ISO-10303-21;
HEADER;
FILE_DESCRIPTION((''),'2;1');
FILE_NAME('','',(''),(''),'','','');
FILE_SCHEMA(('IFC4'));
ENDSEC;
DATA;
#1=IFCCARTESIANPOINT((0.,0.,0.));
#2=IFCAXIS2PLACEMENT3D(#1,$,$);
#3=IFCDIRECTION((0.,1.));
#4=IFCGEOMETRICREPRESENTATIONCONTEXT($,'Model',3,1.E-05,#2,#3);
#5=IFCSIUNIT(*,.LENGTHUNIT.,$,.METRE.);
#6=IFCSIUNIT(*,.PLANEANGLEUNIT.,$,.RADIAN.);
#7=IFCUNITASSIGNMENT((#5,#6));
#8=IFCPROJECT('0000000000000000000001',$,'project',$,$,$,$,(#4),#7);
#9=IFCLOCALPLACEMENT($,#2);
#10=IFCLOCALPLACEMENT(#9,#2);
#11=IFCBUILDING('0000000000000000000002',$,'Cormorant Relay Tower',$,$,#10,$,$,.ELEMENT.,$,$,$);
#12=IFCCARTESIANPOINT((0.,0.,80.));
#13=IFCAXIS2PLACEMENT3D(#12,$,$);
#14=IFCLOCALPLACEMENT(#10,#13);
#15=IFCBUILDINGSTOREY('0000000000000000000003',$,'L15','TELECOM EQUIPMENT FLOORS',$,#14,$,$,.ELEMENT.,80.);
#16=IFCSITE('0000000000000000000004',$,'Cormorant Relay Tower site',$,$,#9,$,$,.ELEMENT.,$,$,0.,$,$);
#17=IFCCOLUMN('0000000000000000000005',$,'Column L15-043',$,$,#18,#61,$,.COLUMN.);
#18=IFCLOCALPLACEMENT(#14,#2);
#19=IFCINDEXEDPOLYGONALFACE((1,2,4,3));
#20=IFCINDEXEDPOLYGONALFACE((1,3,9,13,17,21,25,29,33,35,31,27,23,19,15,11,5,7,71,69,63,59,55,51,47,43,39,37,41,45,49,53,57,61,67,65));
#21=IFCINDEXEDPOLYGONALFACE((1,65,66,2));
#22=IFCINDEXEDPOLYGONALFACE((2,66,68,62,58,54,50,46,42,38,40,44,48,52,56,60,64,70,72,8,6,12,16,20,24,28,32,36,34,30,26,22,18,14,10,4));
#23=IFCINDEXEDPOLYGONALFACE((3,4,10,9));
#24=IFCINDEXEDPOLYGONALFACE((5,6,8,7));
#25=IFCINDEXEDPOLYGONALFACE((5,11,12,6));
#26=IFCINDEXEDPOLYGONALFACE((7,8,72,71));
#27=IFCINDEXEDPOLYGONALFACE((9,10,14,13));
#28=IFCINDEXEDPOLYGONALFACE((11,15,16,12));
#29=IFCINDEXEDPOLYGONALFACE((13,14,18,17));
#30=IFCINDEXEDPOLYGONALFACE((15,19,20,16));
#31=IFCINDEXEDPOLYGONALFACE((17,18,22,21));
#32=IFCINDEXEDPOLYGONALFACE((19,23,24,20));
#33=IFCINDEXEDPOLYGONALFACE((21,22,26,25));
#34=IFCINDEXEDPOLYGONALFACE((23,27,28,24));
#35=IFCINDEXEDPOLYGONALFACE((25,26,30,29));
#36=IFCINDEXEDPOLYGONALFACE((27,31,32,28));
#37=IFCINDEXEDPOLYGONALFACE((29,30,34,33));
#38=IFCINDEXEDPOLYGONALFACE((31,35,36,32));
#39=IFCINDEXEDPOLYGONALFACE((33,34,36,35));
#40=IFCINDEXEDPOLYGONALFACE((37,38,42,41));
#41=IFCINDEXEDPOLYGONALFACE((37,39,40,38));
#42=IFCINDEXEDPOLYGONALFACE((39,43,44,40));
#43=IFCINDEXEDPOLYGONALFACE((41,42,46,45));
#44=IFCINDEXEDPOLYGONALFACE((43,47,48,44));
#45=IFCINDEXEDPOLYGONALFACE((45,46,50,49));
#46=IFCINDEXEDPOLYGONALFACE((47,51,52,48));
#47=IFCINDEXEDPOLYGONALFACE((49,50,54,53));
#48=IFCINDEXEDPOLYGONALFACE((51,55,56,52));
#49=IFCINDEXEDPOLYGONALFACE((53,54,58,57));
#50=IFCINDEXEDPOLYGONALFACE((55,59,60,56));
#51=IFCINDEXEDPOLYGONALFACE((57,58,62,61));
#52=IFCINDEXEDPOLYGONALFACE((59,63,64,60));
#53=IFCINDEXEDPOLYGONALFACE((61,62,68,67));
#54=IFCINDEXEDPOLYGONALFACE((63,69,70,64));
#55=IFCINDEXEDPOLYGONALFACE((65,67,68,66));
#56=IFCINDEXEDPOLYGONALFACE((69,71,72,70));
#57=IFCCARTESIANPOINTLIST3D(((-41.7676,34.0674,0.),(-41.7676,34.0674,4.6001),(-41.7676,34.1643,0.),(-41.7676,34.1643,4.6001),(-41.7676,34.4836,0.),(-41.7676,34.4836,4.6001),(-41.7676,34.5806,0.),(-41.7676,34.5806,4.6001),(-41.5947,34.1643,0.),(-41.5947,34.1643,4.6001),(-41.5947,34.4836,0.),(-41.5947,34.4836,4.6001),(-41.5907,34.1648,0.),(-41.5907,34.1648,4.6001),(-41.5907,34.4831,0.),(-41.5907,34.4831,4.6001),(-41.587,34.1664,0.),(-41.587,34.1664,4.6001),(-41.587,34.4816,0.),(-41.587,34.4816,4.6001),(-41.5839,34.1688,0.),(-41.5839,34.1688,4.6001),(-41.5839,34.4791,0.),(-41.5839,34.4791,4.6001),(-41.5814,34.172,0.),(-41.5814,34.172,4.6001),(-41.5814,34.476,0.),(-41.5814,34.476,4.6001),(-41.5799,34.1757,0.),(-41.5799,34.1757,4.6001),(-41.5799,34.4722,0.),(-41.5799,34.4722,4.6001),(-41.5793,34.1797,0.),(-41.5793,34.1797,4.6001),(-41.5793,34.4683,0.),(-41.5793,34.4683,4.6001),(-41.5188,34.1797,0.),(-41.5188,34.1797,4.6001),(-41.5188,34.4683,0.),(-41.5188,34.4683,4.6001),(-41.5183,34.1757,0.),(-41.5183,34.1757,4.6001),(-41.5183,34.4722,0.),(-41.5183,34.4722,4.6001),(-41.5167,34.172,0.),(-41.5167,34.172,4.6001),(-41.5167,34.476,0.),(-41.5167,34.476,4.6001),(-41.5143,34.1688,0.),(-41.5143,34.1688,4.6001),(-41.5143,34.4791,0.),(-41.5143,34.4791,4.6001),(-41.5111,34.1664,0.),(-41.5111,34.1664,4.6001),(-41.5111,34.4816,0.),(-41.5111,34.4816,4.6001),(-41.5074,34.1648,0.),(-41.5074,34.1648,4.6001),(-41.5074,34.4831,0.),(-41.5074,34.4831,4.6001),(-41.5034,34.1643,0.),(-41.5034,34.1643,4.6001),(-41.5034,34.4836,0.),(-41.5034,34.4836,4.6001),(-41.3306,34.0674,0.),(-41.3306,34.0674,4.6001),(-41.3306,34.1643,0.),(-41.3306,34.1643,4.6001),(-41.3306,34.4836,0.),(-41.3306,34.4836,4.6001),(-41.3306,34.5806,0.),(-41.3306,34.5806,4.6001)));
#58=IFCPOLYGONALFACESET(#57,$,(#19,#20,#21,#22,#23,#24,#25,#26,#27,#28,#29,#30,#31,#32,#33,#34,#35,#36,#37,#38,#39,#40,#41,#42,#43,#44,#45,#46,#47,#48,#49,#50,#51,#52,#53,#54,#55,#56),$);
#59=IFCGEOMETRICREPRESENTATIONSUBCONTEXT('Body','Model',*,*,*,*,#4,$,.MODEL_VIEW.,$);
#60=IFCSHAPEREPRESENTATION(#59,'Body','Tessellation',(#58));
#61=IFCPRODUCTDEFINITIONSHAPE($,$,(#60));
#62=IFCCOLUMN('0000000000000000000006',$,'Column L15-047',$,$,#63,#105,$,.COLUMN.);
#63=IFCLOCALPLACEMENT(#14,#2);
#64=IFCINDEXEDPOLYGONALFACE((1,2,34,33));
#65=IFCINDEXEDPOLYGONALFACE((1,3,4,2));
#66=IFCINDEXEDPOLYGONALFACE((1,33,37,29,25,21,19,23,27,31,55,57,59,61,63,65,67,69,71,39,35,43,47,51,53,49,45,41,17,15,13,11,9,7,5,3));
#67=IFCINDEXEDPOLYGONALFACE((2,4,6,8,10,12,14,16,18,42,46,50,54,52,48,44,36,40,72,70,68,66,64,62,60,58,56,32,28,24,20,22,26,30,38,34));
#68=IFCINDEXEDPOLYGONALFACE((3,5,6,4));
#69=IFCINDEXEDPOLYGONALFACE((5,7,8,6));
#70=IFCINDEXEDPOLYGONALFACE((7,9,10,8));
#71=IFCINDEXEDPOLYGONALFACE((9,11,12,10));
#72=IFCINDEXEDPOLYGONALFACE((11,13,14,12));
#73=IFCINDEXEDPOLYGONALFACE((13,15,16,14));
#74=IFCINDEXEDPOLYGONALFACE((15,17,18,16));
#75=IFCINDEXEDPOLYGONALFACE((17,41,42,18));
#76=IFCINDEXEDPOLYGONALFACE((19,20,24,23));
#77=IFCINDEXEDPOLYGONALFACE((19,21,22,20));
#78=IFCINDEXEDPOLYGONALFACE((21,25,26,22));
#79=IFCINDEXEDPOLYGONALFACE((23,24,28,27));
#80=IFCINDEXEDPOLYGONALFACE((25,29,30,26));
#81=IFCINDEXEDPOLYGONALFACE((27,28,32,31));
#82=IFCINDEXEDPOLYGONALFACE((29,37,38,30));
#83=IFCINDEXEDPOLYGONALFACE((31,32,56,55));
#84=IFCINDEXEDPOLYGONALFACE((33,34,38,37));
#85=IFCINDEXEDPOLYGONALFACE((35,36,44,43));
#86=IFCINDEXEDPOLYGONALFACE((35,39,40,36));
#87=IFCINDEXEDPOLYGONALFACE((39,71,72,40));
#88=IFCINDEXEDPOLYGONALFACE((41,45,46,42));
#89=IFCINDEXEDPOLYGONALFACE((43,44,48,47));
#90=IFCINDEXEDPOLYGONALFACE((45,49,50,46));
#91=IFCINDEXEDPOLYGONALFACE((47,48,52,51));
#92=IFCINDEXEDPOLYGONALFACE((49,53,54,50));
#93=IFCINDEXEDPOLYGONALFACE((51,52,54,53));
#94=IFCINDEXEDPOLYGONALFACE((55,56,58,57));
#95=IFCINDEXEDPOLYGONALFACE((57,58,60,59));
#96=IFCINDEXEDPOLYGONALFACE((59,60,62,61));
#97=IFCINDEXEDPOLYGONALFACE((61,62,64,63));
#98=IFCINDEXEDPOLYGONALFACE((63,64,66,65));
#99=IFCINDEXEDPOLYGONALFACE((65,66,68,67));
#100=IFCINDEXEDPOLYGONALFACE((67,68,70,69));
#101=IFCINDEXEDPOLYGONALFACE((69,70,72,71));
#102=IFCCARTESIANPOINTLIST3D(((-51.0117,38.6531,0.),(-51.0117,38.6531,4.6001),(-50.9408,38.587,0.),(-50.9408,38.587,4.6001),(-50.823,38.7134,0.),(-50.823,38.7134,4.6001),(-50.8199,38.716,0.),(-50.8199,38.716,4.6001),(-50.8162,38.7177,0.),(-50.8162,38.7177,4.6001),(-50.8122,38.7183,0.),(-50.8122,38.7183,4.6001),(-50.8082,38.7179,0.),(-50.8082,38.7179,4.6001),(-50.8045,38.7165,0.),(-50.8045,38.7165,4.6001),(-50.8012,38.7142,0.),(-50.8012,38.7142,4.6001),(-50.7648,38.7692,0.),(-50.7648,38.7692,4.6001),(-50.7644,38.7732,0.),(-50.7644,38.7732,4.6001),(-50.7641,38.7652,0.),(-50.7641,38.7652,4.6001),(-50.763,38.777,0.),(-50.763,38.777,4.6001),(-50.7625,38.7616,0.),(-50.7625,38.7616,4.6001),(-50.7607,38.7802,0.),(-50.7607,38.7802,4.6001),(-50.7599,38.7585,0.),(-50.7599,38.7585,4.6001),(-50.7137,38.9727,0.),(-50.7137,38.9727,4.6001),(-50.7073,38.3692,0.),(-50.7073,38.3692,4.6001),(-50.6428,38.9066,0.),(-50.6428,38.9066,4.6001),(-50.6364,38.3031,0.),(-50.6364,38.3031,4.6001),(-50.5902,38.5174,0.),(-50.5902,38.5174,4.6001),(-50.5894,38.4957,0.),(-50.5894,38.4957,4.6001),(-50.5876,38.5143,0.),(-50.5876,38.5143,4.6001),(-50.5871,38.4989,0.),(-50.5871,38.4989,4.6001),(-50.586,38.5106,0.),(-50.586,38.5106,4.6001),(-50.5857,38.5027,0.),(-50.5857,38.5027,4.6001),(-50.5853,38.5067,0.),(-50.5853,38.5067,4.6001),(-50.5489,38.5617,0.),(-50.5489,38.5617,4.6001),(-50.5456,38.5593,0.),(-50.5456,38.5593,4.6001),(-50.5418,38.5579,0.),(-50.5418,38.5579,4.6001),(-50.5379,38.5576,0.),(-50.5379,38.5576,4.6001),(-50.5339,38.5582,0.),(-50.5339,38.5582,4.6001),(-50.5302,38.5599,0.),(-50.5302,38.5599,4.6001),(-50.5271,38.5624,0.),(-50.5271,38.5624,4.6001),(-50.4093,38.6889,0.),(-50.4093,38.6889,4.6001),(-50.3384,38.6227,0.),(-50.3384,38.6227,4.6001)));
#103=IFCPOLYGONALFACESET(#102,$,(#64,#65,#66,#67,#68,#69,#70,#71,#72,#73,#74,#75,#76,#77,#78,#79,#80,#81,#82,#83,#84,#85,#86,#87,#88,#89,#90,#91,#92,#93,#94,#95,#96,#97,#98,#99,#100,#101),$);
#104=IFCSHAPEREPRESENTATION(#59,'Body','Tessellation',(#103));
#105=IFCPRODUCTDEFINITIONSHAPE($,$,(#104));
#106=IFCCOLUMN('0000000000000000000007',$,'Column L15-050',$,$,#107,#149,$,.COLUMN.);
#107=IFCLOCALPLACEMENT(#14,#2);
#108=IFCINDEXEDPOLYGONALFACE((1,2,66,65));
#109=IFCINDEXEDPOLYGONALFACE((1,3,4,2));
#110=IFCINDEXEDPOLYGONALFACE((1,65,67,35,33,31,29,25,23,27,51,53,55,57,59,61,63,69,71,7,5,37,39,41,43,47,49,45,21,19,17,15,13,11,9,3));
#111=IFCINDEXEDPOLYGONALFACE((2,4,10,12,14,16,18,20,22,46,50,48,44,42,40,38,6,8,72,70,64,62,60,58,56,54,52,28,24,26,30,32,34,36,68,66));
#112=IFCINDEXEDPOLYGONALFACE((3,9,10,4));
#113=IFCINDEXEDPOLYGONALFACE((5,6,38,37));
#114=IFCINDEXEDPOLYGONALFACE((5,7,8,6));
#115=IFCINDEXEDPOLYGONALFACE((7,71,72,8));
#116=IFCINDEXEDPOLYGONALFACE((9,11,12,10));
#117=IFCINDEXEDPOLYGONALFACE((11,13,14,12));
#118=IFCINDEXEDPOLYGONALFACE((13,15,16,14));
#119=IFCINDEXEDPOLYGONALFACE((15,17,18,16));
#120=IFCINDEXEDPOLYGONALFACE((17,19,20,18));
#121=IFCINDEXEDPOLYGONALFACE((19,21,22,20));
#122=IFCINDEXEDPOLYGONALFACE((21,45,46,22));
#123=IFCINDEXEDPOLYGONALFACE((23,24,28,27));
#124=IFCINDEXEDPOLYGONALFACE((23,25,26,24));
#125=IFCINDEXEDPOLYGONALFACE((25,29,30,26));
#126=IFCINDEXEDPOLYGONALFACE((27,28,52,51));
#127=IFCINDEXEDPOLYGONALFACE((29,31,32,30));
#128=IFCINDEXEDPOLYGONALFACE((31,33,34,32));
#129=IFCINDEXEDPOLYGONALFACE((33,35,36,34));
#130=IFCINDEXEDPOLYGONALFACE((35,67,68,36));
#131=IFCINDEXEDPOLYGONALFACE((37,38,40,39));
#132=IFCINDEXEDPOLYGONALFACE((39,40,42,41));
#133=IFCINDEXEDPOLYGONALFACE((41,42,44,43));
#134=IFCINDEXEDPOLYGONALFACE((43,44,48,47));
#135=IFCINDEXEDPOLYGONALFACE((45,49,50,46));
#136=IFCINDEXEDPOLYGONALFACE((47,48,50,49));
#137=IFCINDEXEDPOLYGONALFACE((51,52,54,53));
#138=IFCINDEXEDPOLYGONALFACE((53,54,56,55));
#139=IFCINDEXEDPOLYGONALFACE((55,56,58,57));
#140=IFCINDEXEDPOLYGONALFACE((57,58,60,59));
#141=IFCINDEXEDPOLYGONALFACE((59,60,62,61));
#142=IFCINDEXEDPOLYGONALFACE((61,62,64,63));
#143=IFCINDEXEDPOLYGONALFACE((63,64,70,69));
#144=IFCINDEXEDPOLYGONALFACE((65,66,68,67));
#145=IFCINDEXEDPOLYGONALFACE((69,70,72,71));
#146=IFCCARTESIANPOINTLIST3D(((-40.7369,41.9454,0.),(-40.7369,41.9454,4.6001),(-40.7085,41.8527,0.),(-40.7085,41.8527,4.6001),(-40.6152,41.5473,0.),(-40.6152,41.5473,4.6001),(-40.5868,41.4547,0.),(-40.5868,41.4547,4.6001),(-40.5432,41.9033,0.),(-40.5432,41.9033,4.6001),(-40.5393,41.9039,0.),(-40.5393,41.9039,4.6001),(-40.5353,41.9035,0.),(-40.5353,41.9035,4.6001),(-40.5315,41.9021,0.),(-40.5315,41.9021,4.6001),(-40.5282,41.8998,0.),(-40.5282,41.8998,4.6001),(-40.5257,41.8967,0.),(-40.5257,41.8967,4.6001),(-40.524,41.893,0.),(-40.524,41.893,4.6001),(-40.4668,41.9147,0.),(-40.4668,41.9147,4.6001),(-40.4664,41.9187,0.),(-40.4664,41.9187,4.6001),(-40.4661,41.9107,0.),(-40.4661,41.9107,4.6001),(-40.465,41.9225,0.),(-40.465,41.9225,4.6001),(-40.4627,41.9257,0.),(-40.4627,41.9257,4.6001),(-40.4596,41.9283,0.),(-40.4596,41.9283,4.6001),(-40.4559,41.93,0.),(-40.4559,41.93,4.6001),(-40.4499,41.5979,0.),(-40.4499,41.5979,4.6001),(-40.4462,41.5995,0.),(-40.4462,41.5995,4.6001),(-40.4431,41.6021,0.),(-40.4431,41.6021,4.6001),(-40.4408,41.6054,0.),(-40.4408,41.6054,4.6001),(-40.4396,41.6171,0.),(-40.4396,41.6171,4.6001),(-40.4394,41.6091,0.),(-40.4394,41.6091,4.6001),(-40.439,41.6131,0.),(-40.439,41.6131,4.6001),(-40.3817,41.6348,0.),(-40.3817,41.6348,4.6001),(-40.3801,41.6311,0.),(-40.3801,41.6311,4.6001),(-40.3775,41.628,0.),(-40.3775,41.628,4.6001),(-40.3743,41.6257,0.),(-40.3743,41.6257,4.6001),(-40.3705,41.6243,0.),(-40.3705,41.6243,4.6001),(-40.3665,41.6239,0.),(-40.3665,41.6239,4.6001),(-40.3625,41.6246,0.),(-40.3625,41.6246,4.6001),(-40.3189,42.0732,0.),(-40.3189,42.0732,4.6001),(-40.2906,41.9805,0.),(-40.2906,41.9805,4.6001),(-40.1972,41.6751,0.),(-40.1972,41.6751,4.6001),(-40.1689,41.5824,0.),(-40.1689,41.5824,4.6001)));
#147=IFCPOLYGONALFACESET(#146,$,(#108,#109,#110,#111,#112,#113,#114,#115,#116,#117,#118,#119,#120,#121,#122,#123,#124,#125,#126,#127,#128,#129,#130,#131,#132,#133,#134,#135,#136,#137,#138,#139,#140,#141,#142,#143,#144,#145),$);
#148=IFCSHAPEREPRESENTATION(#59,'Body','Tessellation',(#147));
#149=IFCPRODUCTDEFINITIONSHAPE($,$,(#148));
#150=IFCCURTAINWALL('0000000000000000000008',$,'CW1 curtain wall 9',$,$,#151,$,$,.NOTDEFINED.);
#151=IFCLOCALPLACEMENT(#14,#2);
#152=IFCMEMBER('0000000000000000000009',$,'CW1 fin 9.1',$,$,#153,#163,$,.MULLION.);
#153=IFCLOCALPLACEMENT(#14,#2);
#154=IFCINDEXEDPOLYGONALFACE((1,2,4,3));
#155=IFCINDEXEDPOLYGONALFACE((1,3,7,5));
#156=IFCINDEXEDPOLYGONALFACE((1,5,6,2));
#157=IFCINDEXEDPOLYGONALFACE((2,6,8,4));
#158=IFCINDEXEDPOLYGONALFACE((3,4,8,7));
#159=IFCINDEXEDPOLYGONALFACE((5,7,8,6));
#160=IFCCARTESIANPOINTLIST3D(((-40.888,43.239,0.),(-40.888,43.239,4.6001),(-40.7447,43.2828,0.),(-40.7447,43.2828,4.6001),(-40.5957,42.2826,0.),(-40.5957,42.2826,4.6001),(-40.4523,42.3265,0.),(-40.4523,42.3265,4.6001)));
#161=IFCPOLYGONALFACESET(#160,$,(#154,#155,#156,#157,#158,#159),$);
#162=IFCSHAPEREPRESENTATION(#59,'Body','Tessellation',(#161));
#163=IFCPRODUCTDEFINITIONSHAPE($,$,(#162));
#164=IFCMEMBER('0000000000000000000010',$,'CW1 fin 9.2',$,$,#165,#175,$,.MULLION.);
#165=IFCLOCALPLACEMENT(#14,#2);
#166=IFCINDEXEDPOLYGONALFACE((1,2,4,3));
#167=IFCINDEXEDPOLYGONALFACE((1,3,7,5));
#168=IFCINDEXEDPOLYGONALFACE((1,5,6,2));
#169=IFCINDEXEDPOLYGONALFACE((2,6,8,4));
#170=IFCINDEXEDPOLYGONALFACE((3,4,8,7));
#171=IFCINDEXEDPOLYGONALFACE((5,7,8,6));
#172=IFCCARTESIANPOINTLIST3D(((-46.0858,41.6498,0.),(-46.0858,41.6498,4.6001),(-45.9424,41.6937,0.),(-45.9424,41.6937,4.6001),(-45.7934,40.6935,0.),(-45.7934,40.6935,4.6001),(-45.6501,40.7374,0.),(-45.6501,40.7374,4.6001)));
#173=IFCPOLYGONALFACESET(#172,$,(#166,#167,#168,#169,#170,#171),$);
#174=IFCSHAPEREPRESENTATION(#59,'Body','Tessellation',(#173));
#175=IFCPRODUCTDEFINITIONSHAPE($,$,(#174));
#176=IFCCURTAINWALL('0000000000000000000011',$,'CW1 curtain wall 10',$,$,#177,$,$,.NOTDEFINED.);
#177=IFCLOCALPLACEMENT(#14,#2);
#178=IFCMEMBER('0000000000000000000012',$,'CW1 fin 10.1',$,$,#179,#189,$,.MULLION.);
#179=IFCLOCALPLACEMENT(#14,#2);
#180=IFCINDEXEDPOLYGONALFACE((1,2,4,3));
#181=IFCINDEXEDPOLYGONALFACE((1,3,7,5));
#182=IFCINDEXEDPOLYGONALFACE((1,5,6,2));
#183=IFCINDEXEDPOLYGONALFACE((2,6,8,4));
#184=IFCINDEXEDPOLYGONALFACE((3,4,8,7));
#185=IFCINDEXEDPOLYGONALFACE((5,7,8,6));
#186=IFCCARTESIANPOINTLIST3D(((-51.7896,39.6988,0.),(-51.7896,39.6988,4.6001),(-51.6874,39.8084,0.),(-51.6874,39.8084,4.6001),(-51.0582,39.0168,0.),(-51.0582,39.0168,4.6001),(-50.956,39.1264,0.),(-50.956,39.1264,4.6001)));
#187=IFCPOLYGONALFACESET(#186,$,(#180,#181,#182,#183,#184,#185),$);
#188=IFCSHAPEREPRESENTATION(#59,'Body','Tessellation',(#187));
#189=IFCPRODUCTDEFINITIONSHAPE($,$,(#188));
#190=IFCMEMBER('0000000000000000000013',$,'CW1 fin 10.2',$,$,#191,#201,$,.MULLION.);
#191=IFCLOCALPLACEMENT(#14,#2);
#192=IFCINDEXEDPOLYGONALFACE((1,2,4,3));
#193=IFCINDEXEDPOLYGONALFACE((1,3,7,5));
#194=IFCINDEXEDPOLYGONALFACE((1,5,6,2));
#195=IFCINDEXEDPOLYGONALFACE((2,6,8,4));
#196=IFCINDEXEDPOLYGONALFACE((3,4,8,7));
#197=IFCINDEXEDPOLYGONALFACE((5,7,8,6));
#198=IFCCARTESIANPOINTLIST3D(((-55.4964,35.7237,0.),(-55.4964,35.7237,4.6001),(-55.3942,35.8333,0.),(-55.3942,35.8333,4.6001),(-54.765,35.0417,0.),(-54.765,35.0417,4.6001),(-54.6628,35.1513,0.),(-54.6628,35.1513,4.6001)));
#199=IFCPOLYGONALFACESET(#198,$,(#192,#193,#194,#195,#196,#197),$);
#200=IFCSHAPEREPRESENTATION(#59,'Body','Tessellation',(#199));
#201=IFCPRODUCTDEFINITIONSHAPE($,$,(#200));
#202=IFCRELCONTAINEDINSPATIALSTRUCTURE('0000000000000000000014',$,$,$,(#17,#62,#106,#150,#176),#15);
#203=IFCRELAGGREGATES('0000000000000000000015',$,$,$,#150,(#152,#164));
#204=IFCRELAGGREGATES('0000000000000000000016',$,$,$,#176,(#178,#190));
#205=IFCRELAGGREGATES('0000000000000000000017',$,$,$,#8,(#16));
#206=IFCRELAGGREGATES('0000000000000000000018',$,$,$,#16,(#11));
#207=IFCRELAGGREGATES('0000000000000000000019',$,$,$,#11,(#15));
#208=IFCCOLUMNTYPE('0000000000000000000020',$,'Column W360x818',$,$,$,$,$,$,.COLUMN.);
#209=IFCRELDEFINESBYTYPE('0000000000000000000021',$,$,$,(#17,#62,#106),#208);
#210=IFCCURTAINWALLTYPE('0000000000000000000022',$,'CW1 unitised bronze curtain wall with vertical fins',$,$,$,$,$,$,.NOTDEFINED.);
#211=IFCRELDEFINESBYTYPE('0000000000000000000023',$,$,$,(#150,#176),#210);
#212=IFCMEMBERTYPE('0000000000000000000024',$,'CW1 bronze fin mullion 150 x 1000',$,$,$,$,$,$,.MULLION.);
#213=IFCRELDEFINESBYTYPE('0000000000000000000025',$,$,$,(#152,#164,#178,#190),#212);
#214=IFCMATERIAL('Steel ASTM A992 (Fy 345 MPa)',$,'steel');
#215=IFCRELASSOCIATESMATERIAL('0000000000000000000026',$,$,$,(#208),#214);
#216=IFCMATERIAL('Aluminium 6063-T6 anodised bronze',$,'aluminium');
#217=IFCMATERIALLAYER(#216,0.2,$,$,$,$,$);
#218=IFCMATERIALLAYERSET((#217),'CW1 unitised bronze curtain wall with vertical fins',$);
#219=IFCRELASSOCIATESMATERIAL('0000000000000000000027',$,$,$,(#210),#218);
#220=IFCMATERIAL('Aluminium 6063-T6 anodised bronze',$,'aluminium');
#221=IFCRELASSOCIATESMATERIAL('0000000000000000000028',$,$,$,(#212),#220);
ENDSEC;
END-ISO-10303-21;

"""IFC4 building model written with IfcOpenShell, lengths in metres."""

from ifc_helpers import new_model, si_unit, direction, frame, origin, origin_2d, place, context, subcontext, project, spatial, rectangle, i_section, extrude, material, layer, layer_set, material_profile, profile_set, type_object, element, aggregate, save


model = new_model("IFC4")

# Units and contexts
model_context = context("Model", 3, precision=1e-05, world=origin(), true_north=direction((0.0, 1.0)))
body_context = subcontext(model_context, "Body", "Model", "MODEL_VIEW")
ifc_project = project(units=[si_unit("LENGTHUNIT", "METRE"), si_unit("PLANEANGLEUNIT", "RADIAN")], contexts=[model_context])

# Site, building, storey
site_placement = place(None, origin())
site = spatial("IfcSite", under=ifc_project, at=site_placement, Name="Cormorant Relay Tower site", CompositionType="ELEMENT", RefElevation=0.0)
building_placement = place(site_placement, origin())
building = spatial("IfcBuilding", under=site, at=building_placement, Name="Cormorant Relay Tower", CompositionType="ELEMENT")
storey_placement = place(building_placement, frame((0.0, 0.0, 80.0)))
storey = spatial("IfcBuildingStorey", under=building, at=storey_placement, Name="L15", Description="TELECOM EQUIPMENT FLOORS", CompositionType="ELEMENT", Elevation=80.0)

# Columns
ifc_material_1 = material(Name="Steel ASTM A992 (Fy 345 MPa)", Category="steel")
ifc_material_profile_1 = material_profile(ifc_material_1, i_section(OverallWidth=0.437, OverallDepth=0.5132, WebThickness=0.0605, FlangeThickness=0.0969, FilletRadius=0.0154, at=origin_2d()), Name="W360x818")
ifc_profile_set_1 = profile_set([ifc_material_profile_1], Name="Steel ASTM A992 (Fy 345 MPa)")
column_type = type_object("IfcColumnType", Name="Column W360x818", PredefinedType="COLUMN", material=ifc_profile_set_1)
for number, where, z_axis, x_axis, name in (
    (1, (-41.5491, 34.324, 0.0), (0.0, 0.0, 1.0), (1.0, 0.0, 0.0), "Column L15-043"),
    (2, (-50.675, 38.6379, 0.0), (0.0, 0.0, 1.0), (-0.681998, -0.731354, 0.0), "Column L15-047"),
    (3, (-40.4529, 41.7639, 0.0), (0.0, 0.0, 1.0), (-0.956305, -0.292372, 0.0), "Column L15-050"),
):
    element("IfcColumn", number, at=place(storey_placement, frame(where, z_axis=z_axis, x_axis=x_axis)), inside=storey, type_object=column_type, Name=name, PredefinedType="COLUMN", context=body_context, shape_type="SweptSolid", body=[
        extrude(i_section(OverallWidth=0.437, OverallDepth=0.5132, WebThickness=0.0605, FlangeThickness=0.0969, FilletRadius=0.0154, at=origin_2d()), origin(), (0.0, 0.0, 1.0), 4.6001),
    ])

# Curtain walls, members
ifc_material_2 = material(Name="Aluminium 6063-T6 anodised bronze", Category="aluminium")
ifc_layer_1 = layer(ifc_material_2, 0.2)
ifc_layer_set_1 = layer_set([ifc_layer_1], Name="CW1 unitised bronze curtain wall with vertical fins")
curtain_wall_type = type_object("IfcCurtainWallType", Name="CW1 unitised bronze curtain wall with vertical fins", PredefinedType="NOTDEFINED", material=ifc_layer_set_1)
curtain_wall_1_placement = place(storey_placement, origin())
curtain_wall_1 = element("IfcCurtainWall", 4, at=curtain_wall_1_placement, inside=storey, type_object=curtain_wall_type, Name="CW1 curtain wall 9", PredefinedType="NOTDEFINED")
ifc_material_3 = material(Name="Aluminium 6063-T6 anodised bronze", Category="aluminium")
ifc_material_profile_2 = material_profile(ifc_material_3, rectangle(XDim=0.1499, YDim=1.0, at=origin_2d()), Name="AL 150x1000")
ifc_profile_set_2 = profile_set([ifc_material_profile_2], Name="Aluminium 6063-T6 anodised bronze")
member_type_1 = type_object("IfcMemberType", Name="CW1 bronze fin mullion 150 x 1000", PredefinedType="MULLION", material=ifc_profile_set_2)
member_1_placement = place(storey_placement, frame((-40.6702, 42.7827, 0.0), z_axis=(0.0, 0.0, 1.0), x_axis=(-0.956305, -0.292372, 0.0)))
member_1 = element("IfcMember", 5, at=member_1_placement, type_object=member_type_1, Name="CW1 fin 9.1", PredefinedType="MULLION", context=body_context, shape_type="SweptSolid", body=[
    extrude(rectangle(XDim=0.1499, YDim=1.0, at=origin_2d()), origin(), (0.0, 0.0, 1.0), 4.6001),
])
member_2_placement = place(storey_placement, frame((-45.8679, 41.1936, 0.0), z_axis=(0.0, 0.0, 1.0), x_axis=(-0.956305, -0.292372, 0.0)))
member_2 = element("IfcMember", 6, at=member_2_placement, type_object=member_type_1, Name="CW1 fin 9.2", PredefinedType="MULLION", context=body_context, shape_type="SweptSolid", body=[
    extrude(rectangle(XDim=0.1499, YDim=1.0, at=origin_2d()), origin(), (0.0, 0.0, 1.0), 4.6001),
])
curtain_wall_2_placement = place(storey_placement, origin())
curtain_wall_2 = element("IfcCurtainWall", 7, at=curtain_wall_2_placement, inside=storey, type_object=curtain_wall_type, Name="CW1 curtain wall 10", PredefinedType="NOTDEFINED")
member_3_placement = place(storey_placement, frame((-51.3728, 39.4126, 0.0), z_axis=(0.0, 0.0, 1.0), x_axis=(-0.681998, -0.731354, 0.0)))
member_3 = element("IfcMember", 8, at=member_3_placement, type_object=member_type_1, Name="CW1 fin 10.1", PredefinedType="MULLION", context=body_context, shape_type="SweptSolid", body=[
    extrude(rectangle(XDim=0.1499, YDim=1.0, at=origin_2d()), origin(), (0.0, 0.0, 1.0), 4.6001),
])
member_4_placement = place(storey_placement, frame((-55.0796, 35.4375, 0.0), z_axis=(0.0, 0.0, 1.0), x_axis=(-0.681998, -0.731354, 0.0)))
member_4 = element("IfcMember", 9, at=member_4_placement, type_object=member_type_1, Name="CW1 fin 10.2", PredefinedType="MULLION", context=body_context, shape_type="SweptSolid", body=[
    extrude(rectangle(XDim=0.1499, YDim=1.0, at=origin_2d()), origin(), (0.0, 0.0, 1.0), 4.6001),
])

aggregate(curtain_wall_1, [member_1, member_2])
aggregate(curtain_wall_2, [member_3, member_4])

save(model, "model.ifc")
